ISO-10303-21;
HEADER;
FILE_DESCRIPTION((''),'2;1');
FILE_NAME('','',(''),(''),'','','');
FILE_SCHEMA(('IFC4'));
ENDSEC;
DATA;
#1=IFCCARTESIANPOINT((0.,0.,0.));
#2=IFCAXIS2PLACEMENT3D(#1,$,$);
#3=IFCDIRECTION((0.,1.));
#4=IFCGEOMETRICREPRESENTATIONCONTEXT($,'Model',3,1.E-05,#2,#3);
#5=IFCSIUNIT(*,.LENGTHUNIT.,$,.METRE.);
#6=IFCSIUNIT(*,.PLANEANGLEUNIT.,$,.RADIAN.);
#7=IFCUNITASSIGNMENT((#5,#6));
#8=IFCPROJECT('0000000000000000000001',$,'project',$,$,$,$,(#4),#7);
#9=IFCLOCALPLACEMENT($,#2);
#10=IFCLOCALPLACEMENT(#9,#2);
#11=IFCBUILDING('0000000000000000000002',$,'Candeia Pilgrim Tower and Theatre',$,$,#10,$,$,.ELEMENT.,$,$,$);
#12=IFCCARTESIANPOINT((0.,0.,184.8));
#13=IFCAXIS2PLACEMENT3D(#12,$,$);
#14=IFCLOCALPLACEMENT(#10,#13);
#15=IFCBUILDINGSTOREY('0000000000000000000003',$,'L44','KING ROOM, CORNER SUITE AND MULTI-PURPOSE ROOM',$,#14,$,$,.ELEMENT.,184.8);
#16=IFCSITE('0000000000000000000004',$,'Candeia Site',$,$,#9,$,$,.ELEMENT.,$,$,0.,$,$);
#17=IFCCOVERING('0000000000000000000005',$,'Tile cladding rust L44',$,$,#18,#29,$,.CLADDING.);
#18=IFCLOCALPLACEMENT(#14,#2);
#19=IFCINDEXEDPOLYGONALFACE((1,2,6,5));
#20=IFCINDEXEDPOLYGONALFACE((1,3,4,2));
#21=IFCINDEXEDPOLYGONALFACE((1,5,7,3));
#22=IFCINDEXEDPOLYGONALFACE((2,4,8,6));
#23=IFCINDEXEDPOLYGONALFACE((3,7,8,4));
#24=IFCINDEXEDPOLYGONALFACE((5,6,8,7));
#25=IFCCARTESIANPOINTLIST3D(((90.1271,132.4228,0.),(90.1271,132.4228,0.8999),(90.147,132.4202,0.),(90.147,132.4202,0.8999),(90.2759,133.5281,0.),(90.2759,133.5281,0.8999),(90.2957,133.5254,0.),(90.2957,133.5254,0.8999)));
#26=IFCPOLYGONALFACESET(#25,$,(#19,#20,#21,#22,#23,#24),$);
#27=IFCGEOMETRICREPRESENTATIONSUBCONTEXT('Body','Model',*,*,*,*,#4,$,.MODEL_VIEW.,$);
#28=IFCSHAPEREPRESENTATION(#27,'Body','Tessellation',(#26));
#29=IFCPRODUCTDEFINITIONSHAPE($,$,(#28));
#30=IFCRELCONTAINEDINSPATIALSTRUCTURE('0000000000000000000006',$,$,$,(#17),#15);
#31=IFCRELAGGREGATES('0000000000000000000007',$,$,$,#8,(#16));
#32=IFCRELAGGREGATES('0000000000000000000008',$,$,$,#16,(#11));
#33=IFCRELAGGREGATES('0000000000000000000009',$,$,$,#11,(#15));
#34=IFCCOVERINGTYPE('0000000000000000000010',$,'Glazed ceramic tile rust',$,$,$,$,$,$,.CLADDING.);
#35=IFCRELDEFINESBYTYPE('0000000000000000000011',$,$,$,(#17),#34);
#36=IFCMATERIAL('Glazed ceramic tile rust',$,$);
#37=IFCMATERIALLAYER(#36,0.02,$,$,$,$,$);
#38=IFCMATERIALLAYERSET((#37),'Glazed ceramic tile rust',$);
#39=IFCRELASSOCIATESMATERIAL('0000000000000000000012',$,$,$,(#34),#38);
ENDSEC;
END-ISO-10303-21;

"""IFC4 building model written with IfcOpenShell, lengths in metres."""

from ifc_helpers import new_model, si_unit, direction, frame, origin, origin_2d, place, context, subcontext, project, spatial, rectangle, extrude, material, layer, layer_set, type_object, element, save


model = new_model("IFC4")

# Units and contexts
model_context = context("Model", 3, precision=1e-05, world=origin(), true_north=direction((0.0, 1.0)))
body_context = subcontext(model_context, "Body", "Model", "MODEL_VIEW")
ifc_project = project(units=[si_unit("LENGTHUNIT", "METRE"), si_unit("PLANEANGLEUNIT", "RADIAN")], contexts=[model_context])

# Site, building, storey
site_placement = place(None, origin())
site = spatial("IfcSite", under=ifc_project, at=site_placement, Name="Candeia Site", CompositionType="ELEMENT", RefElevation=0.0)
building_placement = place(site_placement, origin())
building = spatial("IfcBuilding", under=site, at=building_placement, Name="Candeia Pilgrim Tower and Theatre", CompositionType="ELEMENT")
storey_placement = place(building_placement, frame((0.0, 0.0, 184.8)))
storey = spatial("IfcBuildingStorey", under=building, at=storey_placement, Name="L44", Description="KING ROOM, CORNER SUITE AND MULTI-PURPOSE ROOM", CompositionType="ELEMENT", Elevation=184.8)

# Covering
ifc_material_1 = material(Name="Glazed ceramic tile rust")
ifc_layer_1 = layer(ifc_material_1, 0.02)
ifc_layer_set_1 = layer_set([ifc_layer_1], Name="Glazed ceramic tile rust")
covering_type = type_object("IfcCoveringType", Name="Glazed ceramic tile rust", PredefinedType="CLADDING", material=ifc_layer_set_1)
covering_1_placement = place(storey_placement, frame((90.2114, 132.9741, 0.0), z_axis=(0.0, 0.0, 1.0), x_axis=(-0.133412, -0.991061, 0.0)))
element("IfcCovering", 1, at=covering_1_placement, inside=storey, type_object=covering_type, Name="Tile cladding rust L44", PredefinedType="CLADDING", context=body_context, shape_type="SweptSolid", body=[
    extrude(rectangle(XDim=1.1152, YDim=0.02, at=origin_2d()), origin(), (0.0, 0.0, 1.0), 0.8999),
])

save(model, "model.ifc")
